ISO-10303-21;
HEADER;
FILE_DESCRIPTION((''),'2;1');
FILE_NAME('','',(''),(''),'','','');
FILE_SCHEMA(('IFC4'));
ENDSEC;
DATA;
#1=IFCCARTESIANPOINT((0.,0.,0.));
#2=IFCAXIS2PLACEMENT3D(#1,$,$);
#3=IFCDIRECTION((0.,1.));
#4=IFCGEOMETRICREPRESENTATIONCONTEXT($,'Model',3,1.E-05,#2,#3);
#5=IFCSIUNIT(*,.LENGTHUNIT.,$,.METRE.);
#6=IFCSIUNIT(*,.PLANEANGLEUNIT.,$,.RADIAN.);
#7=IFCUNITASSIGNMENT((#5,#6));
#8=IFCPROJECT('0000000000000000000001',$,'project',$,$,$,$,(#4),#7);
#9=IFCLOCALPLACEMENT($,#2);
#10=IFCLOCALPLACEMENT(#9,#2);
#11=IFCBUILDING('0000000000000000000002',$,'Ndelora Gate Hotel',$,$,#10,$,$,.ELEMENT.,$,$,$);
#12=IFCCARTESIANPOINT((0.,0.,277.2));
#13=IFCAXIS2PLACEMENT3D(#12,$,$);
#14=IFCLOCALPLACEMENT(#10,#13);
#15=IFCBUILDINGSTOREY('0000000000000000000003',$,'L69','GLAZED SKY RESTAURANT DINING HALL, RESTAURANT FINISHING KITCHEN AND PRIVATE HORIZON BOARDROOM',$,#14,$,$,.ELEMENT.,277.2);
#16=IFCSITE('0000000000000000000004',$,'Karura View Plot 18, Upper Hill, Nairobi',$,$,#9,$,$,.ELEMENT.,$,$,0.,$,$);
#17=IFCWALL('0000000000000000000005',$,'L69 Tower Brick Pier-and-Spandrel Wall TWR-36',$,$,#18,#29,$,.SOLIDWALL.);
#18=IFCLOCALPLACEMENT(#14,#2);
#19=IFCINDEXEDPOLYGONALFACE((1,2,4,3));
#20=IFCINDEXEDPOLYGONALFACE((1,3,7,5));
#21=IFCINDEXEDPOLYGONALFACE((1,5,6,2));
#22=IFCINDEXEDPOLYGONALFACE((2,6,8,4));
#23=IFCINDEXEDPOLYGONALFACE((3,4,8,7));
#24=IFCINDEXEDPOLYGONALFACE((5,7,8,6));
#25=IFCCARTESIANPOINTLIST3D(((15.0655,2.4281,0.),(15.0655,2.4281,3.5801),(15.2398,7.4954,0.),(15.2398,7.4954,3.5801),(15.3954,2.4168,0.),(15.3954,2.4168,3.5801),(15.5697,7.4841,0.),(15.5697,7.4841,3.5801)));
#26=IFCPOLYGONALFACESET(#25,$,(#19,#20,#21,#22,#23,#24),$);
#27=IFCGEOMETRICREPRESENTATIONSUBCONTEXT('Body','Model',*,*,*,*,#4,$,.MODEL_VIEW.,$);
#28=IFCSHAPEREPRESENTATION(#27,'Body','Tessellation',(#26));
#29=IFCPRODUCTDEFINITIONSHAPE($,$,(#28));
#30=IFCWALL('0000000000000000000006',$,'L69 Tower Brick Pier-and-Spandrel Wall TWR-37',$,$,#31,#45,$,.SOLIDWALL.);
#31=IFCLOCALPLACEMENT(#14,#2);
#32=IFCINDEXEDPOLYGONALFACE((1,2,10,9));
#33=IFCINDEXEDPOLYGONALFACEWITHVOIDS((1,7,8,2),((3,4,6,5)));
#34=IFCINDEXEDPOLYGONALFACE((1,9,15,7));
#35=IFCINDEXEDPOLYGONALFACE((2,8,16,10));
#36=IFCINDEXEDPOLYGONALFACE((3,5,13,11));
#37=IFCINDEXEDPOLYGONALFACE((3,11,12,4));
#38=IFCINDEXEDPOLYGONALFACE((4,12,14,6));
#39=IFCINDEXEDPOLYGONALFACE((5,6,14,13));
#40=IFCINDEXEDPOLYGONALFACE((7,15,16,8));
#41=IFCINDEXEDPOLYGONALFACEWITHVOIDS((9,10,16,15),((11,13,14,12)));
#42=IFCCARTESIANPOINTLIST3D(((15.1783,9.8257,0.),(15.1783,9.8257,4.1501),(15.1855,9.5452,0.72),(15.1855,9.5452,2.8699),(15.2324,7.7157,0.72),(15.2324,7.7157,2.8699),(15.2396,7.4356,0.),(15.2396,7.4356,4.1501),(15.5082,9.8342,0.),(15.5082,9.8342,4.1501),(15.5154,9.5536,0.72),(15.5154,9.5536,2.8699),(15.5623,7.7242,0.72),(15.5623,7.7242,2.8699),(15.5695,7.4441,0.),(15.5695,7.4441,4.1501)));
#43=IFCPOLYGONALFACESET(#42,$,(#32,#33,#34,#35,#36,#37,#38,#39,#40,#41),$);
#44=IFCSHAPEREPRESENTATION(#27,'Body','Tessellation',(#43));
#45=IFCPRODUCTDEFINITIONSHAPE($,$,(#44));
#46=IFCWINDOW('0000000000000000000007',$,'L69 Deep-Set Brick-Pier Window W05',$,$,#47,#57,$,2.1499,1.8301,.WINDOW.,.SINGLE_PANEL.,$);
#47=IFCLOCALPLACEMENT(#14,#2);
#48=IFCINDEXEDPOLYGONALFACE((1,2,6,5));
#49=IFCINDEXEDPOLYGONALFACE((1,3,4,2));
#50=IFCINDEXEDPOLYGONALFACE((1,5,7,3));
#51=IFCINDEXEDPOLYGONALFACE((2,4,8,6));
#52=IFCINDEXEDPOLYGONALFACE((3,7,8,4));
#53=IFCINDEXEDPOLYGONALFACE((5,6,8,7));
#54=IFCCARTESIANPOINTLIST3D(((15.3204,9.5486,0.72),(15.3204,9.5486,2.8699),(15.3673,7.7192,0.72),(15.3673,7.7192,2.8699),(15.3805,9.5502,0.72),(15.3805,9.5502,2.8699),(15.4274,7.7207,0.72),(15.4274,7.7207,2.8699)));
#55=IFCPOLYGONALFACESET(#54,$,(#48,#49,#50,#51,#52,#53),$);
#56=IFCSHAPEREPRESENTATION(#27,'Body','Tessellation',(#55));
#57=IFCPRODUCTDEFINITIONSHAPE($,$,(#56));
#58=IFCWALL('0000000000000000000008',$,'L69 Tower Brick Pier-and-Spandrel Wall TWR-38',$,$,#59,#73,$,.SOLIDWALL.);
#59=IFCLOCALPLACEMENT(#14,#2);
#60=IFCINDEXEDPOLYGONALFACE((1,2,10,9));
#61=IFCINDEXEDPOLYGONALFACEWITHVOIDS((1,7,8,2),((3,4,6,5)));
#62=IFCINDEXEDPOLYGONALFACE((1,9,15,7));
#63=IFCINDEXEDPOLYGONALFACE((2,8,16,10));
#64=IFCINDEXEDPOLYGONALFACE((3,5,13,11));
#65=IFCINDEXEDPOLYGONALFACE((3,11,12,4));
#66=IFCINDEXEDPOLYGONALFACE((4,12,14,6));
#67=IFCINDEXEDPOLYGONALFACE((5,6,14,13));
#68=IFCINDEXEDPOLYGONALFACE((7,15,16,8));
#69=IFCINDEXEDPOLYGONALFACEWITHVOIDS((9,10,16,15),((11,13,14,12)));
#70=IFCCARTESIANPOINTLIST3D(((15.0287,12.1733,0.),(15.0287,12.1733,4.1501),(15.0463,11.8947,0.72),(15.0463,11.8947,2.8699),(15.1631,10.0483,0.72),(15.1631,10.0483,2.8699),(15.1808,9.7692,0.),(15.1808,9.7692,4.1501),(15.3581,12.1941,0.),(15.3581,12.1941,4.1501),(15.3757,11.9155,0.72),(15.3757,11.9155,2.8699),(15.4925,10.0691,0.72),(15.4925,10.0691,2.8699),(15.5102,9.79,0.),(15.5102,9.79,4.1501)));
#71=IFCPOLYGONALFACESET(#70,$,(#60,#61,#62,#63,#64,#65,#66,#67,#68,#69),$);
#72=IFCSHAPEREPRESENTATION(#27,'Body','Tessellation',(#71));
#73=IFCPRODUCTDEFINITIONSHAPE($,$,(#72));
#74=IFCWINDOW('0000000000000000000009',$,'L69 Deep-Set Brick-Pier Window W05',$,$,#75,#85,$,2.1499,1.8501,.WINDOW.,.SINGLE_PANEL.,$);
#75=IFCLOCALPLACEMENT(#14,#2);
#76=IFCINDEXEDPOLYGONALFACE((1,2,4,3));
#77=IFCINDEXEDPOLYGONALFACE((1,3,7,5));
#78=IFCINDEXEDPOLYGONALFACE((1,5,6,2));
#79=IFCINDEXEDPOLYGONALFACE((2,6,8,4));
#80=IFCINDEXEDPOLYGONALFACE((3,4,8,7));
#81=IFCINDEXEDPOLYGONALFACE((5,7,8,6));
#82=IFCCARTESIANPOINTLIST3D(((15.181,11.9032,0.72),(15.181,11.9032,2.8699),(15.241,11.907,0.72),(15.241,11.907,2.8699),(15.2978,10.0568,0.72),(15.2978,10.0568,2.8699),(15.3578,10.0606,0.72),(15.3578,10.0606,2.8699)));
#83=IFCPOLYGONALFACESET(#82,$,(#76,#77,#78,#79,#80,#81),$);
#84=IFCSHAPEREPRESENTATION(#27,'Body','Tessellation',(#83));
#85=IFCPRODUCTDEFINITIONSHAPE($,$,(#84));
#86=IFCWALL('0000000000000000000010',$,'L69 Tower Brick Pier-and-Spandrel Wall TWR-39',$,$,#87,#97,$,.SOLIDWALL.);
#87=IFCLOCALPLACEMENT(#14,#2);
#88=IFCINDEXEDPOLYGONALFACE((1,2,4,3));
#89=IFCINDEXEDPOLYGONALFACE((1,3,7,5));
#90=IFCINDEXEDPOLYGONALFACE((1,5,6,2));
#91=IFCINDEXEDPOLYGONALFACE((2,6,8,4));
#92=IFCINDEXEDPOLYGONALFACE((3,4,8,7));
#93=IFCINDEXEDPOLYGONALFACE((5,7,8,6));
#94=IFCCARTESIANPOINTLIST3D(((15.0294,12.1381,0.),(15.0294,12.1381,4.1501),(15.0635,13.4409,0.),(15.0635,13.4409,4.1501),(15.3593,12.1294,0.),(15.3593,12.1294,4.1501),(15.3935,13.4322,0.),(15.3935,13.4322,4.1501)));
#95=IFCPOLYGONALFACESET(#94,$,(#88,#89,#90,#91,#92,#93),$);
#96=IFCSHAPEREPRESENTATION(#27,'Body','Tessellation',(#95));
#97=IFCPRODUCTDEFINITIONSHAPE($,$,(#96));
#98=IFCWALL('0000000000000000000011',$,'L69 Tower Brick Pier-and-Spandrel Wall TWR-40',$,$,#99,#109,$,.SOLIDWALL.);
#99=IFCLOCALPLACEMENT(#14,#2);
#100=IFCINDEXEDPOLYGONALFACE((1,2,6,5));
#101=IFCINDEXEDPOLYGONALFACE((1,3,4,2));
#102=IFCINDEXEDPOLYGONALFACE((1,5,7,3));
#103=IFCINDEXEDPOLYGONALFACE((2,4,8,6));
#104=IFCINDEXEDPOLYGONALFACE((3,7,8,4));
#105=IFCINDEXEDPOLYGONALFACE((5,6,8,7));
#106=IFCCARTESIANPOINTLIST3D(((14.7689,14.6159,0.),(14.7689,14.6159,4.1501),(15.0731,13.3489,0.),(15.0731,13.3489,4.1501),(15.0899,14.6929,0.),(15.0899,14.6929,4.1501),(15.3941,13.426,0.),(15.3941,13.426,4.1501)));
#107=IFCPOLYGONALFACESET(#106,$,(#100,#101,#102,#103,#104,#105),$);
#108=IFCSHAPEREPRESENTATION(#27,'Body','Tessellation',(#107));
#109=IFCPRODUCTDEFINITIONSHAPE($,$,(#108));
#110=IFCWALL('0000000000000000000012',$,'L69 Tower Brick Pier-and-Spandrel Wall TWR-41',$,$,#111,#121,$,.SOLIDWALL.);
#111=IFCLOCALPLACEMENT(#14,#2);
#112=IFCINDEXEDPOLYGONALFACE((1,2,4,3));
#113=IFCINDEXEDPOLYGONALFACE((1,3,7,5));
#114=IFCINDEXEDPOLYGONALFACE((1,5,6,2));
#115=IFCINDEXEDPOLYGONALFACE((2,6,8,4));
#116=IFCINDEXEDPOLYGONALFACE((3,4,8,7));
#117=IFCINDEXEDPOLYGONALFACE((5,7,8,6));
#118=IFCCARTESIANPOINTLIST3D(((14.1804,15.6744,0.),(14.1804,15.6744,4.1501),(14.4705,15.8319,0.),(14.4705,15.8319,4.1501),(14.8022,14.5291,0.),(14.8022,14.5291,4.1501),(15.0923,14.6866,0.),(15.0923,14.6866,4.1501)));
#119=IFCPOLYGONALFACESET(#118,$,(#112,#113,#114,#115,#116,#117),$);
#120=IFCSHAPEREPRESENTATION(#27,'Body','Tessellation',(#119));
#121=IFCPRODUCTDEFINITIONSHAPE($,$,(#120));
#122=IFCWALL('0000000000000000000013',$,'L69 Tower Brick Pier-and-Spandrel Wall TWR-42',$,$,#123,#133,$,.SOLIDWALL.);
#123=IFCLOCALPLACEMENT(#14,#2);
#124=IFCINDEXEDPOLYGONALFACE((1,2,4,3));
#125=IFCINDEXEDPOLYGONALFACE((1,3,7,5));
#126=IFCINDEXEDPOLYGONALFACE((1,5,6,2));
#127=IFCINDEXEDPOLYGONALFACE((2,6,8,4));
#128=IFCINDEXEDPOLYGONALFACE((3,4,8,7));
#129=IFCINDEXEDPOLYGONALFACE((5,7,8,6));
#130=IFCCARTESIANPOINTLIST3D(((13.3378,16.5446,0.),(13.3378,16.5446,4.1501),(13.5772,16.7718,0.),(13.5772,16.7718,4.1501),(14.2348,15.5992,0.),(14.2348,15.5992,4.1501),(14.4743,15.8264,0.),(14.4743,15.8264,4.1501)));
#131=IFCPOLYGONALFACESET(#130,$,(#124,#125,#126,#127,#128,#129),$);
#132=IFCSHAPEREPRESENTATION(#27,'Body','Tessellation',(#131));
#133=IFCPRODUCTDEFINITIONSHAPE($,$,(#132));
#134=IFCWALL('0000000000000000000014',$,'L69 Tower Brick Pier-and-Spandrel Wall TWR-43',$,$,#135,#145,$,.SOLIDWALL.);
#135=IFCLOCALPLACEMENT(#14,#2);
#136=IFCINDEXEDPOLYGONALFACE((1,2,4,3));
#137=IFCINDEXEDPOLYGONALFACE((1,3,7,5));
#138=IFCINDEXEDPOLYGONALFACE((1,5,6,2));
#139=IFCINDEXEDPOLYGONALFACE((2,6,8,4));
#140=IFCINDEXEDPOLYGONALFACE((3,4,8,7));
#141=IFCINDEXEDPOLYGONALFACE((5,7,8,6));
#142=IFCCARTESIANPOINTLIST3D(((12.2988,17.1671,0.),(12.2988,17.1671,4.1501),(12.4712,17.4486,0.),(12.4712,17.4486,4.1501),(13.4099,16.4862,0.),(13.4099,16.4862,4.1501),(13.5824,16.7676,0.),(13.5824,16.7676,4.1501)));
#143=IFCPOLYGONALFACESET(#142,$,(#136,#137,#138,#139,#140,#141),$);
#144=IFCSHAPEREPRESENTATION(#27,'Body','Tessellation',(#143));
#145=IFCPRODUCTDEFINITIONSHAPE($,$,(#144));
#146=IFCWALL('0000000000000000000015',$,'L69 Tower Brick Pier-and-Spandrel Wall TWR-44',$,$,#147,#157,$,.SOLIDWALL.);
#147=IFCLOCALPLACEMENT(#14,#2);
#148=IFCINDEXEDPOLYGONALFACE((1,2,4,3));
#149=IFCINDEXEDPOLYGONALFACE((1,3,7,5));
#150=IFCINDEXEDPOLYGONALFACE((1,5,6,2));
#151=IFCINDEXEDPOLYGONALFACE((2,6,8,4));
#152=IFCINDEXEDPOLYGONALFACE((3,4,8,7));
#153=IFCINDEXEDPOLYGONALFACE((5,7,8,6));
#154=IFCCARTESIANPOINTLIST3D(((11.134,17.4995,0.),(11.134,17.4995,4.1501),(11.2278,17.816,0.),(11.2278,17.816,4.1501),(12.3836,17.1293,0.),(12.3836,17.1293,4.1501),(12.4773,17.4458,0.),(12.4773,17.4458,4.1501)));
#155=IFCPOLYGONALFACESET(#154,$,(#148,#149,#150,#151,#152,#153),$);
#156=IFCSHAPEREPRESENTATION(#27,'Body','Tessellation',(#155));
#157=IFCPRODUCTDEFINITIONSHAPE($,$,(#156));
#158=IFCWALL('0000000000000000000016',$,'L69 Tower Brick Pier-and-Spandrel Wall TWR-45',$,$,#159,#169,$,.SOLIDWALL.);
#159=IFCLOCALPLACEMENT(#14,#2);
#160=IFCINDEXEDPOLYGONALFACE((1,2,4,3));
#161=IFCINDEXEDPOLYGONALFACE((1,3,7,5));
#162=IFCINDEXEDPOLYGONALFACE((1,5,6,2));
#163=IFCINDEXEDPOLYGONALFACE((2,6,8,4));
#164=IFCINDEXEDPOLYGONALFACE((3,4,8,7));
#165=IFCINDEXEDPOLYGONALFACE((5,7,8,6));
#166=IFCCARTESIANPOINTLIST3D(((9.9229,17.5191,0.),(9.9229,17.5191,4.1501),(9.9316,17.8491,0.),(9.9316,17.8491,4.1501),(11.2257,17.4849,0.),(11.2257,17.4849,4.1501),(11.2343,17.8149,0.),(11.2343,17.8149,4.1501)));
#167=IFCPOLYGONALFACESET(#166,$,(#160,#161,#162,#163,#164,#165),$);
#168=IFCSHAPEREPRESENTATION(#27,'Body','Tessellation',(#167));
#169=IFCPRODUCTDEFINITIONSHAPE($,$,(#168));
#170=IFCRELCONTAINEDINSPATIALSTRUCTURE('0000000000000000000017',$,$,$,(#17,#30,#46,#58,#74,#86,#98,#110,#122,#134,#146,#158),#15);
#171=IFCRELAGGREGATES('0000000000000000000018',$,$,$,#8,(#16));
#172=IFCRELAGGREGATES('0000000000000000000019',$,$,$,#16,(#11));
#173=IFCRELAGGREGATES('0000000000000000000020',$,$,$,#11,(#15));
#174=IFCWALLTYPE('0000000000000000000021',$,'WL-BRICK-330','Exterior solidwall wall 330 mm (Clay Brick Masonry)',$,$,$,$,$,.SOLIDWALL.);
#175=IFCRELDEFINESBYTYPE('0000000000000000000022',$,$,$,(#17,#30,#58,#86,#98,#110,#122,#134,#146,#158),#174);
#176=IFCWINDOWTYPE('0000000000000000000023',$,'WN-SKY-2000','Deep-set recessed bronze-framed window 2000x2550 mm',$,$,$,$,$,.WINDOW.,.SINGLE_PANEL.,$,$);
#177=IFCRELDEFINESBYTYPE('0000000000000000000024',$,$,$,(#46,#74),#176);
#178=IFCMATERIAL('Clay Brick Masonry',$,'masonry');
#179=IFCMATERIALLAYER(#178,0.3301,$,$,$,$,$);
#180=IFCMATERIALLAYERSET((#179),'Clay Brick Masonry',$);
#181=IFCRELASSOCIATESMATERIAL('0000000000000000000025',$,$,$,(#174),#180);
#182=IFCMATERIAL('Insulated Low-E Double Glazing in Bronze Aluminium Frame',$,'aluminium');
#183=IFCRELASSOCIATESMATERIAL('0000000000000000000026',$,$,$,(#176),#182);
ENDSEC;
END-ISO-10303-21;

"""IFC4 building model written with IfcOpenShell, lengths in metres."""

from ifc_helpers import new_model, si_unit, direction, frame, frame_2d, origin, place, context, subcontext, project, spatial, rectangle, extrude, material, layer, layer_set, type_object, element, fill, save


model = new_model("IFC4")

# Units and contexts
model_context = context("Model", 3, precision=1e-05, world=origin(), true_north=direction((0.0, 1.0)))
body_context = subcontext(model_context, "Body", "Model", "MODEL_VIEW")
ifc_project = project(units=[si_unit("LENGTHUNIT", "METRE"), si_unit("PLANEANGLEUNIT", "RADIAN")], contexts=[model_context])

# Site, building, storey
site_placement = place(None, origin())
site = spatial("IfcSite", under=ifc_project, at=site_placement, Name="Karura View Plot 18, Upper Hill, Nairobi", CompositionType="ELEMENT", RefElevation=0.0)
building_placement = place(site_placement, origin())
building = spatial("IfcBuilding", under=site, at=building_placement, Name="Ndelora Gate Hotel", CompositionType="ELEMENT")
storey_placement = place(building_placement, frame((0.0, 0.0, 277.2)))
storey = spatial("IfcBuildingStorey", under=building, at=storey_placement, Name="L69", Description="GLAZED SKY RESTAURANT DINING HALL, RESTAURANT FINISHING KITCHEN AND PRIVATE HORIZON BOARDROOM", CompositionType="ELEMENT", Elevation=277.2)

# Wall
ifc_material_1 = material(Name="Clay Brick Masonry", Category="masonry")
ifc_layer_1 = layer(ifc_material_1, 0.3301)
ifc_layer_set_1 = layer_set([ifc_layer_1], Name="Clay Brick Masonry")
wall_type_1 = type_object("IfcWallType", Name="WL-BRICK-330", Description="Exterior solidwall wall 330 mm (Clay Brick Masonry)", PredefinedType="SOLIDWALL", material=ifc_layer_set_1)
wall_1_placement = place(storey_placement, frame((15.4048, 7.4897, 0.0), z_axis=(0.0, 0.0, 1.0), x_axis=(-0.034379, -0.999409, 0.0)))
element("IfcWall", 1, at=wall_1_placement, inside=storey, type_object=wall_type_1, Name="L69 Tower Brick Pier-and-Spandrel Wall TWR-36", PredefinedType="SOLIDWALL", context=body_context, shape_type="SweptSolid", body=[
    extrude(rectangle(XDim=5.0703, YDim=0.3301, at=frame_2d((2.5352, 0.0))), origin(), (0.0, 0.0, 1.0), 3.5801),
])

# Walls, openings, windows
wall_2_placement = place(storey_placement, frame((15.3433, 9.8298, 0.0), z_axis=(0.0, 0.0, 1.0), x_axis=(0.02563, -0.999671, 0.0)))
wall_2 = element("IfcWall", 2, at=wall_2_placement, inside=storey, type_object=wall_type_1, Name="L69 Tower Brick Pier-and-Spandrel Wall TWR-37", PredefinedType="SOLIDWALL", context=body_context, shape_type="SweptSolid", body=[
    extrude(rectangle(XDim=2.3909, YDim=0.3301, at=frame_2d((1.1953, 0.0))), origin(), (0.0, 0.0, 1.0), 4.1501),
])
opening_1_placement = place(wall_2_placement, frame((0.2805, 0.0, 0.72)))
opening_1 = element("IfcOpeningElement", 3, at=opening_1_placement, cuts=wall_2, PredefinedType="OPENING", context=body_context, shape_type="SweptSolid", body=[
    extrude(rectangle(XDim=1.8301, YDim=2.1499, at=frame_2d((0.915, 1.075))), frame((0.0, 0.175, 0.0), z_axis=(0.0, -1.0, 0.0), x_axis=(1.0, 0.0, 0.0)), (0.0, 0.0, 1.0), 0.3501),
])
ifc_material_2 = material(Name="Insulated Low-E Double Glazing in Bronze Aluminium Frame", Category="aluminium")
window_type = type_object("IfcWindowType", Name="WN-SKY-2000", Description="Deep-set recessed bronze-framed window 2000x2550 mm", PartitioningType="SINGLE_PANEL", PredefinedType="WINDOW", material=ifc_material_2)
window_1_placement = place(opening_1_placement, origin())
window_1 = element("IfcWindow", 4, at=window_1_placement, inside=storey, type_object=window_type, Name="L69 Deep-Set Brick-Pier Window W05", OverallHeight=2.1499, OverallWidth=1.8301, PartitioningType="SINGLE_PANEL", PredefinedType="WINDOW", context=body_context, shape_type="SweptSolid", body=[
    extrude(rectangle(XDim=1.8301, YDim=2.1499, at=frame_2d((0.915, 1.075))), frame((0.0, 0.03, 0.0), z_axis=(0.0, -1.0, 0.0), x_axis=(1.0, 0.0, 0.0)), (0.0, 0.0, 1.0), 0.0601),
])
fill(opening_1, window_1)
wall_3_placement = place(storey_placement, frame((15.1934, 12.1838, 0.0), z_axis=(0.0, 0.0, 1.0), x_axis=(0.063142, -0.998005, 0.0)))
wall_3 = element("IfcWall", 5, at=wall_3_placement, inside=storey, type_object=wall_type_1, Name="L69 Tower Brick Pier-and-Spandrel Wall TWR-38", PredefinedType="SOLIDWALL", context=body_context, shape_type="SweptSolid", body=[
    extrude(rectangle(XDim=2.4089, YDim=0.3301, at=frame_2d((1.2046, 0.0))), origin(), (0.0, 0.0, 1.0), 4.1501),
])
opening_2_placement = place(wall_3_placement, frame((0.2793, 0.0, 0.72)))
opening_2 = element("IfcOpeningElement", 6, at=opening_2_placement, cuts=wall_3, PredefinedType="OPENING", context=body_context, shape_type="SweptSolid", body=[
    extrude(rectangle(XDim=1.8501, YDim=2.1499, at=frame_2d((0.925, 1.075))), frame((0.0, 0.175, 0.0), z_axis=(0.0, -1.0, 0.0), x_axis=(1.0, 0.0, 0.0)), (0.0, 0.0, 1.0), 0.3501),
])
window_2_placement = place(opening_2_placement, origin())
window_2 = element("IfcWindow", 7, at=window_2_placement, inside=storey, type_object=window_type, Name="L69 Deep-Set Brick-Pier Window W05", OverallHeight=2.1499, OverallWidth=1.8501, PartitioningType="SINGLE_PANEL", PredefinedType="WINDOW", context=body_context, shape_type="SweptSolid", body=[
    extrude(rectangle(XDim=1.8501, YDim=2.1499, at=frame_2d((0.925, 1.075))), frame((0.0, 0.03, 0.0), z_axis=(0.0, -1.0, 0.0), x_axis=(1.0, 0.0, 0.0)), (0.0, 0.0, 1.0), 0.0601),
])
fill(opening_2, window_2)

# Walls
wall_4_placement = place(storey_placement, frame((15.2285, 13.4365, 0.0), z_axis=(0.0, 0.0, 1.0), x_axis=(-0.026228, -0.999656, 0.0)))
element("IfcWall", 8, at=wall_4_placement, inside=storey, type_object=wall_type_1, Name="L69 Tower Brick Pier-and-Spandrel Wall TWR-39", PredefinedType="SOLIDWALL", context=body_context, shape_type="SweptSolid", body=[
    extrude(rectangle(XDim=1.3032, YDim=0.3301, at=frame_2d((0.6516, 0.0))), origin(), (0.0, 0.0, 1.0), 4.1501),
])
wall_5_placement = place(storey_placement, frame((14.9294, 14.6543, 0.0), z_axis=(0.0, 0.0, 1.0), x_axis=(0.233444, -0.97237, 0.0)))
element("IfcWall", 9, at=wall_5_placement, inside=storey, type_object=wall_type_1, Name="L69 Tower Brick Pier-and-Spandrel Wall TWR-40", PredefinedType="SOLIDWALL", context=body_context, shape_type="SweptSolid", body=[
    extrude(rectangle(XDim=1.303, YDim=0.3301, at=frame_2d((0.6514, 0.0))), origin(), (0.0, 0.0, 1.0), 4.1501),
])
for number, where, z_axis, x_axis, name in (
    (10, (14.3254, 15.7532, 0.0), (0.0, 0.0, 1.0), (0.477158, -0.878818, 0.0), "L69 Tower Brick Pier-and-Spandrel Wall TWR-41"),
    (11, (13.4575, 16.6582, 0.0), (0.0, 0.0, 1.0), (0.688316, -0.725411, 0.0), "L69 Tower Brick Pier-and-Spandrel Wall TWR-42"),
    (12, (12.385, 17.3079, 0.0), (0.0, 0.0, 1.0), (0.852628, -0.522518, 0.0), "L69 Tower Brick Pier-and-Spandrel Wall TWR-43"),
    (13, (11.1809, 17.6577, 0.0), (0.0, 0.0, 1.0), (0.958821, -0.284012, 0.0), "L69 Tower Brick Pier-and-Spandrel Wall TWR-44"),
    (14, (9.9272, 17.6841, 0.0), (0.0, 0.0, 1.0), (0.999656, -0.026228, 0.0), "L69 Tower Brick Pier-and-Spandrel Wall TWR-45"),
):
    element("IfcWall", number, at=place(storey_placement, frame(where, z_axis=z_axis, x_axis=x_axis)), inside=storey, type_object=wall_type_1, Name=name, PredefinedType="SOLIDWALL", context=body_context, shape_type="SweptSolid", body=[
        extrude(rectangle(XDim=1.3032, YDim=0.3301, at=frame_2d((0.6516, 0.0))), origin(), (0.0, 0.0, 1.0), 4.1501),
    ])

save(model, "model.ifc")
